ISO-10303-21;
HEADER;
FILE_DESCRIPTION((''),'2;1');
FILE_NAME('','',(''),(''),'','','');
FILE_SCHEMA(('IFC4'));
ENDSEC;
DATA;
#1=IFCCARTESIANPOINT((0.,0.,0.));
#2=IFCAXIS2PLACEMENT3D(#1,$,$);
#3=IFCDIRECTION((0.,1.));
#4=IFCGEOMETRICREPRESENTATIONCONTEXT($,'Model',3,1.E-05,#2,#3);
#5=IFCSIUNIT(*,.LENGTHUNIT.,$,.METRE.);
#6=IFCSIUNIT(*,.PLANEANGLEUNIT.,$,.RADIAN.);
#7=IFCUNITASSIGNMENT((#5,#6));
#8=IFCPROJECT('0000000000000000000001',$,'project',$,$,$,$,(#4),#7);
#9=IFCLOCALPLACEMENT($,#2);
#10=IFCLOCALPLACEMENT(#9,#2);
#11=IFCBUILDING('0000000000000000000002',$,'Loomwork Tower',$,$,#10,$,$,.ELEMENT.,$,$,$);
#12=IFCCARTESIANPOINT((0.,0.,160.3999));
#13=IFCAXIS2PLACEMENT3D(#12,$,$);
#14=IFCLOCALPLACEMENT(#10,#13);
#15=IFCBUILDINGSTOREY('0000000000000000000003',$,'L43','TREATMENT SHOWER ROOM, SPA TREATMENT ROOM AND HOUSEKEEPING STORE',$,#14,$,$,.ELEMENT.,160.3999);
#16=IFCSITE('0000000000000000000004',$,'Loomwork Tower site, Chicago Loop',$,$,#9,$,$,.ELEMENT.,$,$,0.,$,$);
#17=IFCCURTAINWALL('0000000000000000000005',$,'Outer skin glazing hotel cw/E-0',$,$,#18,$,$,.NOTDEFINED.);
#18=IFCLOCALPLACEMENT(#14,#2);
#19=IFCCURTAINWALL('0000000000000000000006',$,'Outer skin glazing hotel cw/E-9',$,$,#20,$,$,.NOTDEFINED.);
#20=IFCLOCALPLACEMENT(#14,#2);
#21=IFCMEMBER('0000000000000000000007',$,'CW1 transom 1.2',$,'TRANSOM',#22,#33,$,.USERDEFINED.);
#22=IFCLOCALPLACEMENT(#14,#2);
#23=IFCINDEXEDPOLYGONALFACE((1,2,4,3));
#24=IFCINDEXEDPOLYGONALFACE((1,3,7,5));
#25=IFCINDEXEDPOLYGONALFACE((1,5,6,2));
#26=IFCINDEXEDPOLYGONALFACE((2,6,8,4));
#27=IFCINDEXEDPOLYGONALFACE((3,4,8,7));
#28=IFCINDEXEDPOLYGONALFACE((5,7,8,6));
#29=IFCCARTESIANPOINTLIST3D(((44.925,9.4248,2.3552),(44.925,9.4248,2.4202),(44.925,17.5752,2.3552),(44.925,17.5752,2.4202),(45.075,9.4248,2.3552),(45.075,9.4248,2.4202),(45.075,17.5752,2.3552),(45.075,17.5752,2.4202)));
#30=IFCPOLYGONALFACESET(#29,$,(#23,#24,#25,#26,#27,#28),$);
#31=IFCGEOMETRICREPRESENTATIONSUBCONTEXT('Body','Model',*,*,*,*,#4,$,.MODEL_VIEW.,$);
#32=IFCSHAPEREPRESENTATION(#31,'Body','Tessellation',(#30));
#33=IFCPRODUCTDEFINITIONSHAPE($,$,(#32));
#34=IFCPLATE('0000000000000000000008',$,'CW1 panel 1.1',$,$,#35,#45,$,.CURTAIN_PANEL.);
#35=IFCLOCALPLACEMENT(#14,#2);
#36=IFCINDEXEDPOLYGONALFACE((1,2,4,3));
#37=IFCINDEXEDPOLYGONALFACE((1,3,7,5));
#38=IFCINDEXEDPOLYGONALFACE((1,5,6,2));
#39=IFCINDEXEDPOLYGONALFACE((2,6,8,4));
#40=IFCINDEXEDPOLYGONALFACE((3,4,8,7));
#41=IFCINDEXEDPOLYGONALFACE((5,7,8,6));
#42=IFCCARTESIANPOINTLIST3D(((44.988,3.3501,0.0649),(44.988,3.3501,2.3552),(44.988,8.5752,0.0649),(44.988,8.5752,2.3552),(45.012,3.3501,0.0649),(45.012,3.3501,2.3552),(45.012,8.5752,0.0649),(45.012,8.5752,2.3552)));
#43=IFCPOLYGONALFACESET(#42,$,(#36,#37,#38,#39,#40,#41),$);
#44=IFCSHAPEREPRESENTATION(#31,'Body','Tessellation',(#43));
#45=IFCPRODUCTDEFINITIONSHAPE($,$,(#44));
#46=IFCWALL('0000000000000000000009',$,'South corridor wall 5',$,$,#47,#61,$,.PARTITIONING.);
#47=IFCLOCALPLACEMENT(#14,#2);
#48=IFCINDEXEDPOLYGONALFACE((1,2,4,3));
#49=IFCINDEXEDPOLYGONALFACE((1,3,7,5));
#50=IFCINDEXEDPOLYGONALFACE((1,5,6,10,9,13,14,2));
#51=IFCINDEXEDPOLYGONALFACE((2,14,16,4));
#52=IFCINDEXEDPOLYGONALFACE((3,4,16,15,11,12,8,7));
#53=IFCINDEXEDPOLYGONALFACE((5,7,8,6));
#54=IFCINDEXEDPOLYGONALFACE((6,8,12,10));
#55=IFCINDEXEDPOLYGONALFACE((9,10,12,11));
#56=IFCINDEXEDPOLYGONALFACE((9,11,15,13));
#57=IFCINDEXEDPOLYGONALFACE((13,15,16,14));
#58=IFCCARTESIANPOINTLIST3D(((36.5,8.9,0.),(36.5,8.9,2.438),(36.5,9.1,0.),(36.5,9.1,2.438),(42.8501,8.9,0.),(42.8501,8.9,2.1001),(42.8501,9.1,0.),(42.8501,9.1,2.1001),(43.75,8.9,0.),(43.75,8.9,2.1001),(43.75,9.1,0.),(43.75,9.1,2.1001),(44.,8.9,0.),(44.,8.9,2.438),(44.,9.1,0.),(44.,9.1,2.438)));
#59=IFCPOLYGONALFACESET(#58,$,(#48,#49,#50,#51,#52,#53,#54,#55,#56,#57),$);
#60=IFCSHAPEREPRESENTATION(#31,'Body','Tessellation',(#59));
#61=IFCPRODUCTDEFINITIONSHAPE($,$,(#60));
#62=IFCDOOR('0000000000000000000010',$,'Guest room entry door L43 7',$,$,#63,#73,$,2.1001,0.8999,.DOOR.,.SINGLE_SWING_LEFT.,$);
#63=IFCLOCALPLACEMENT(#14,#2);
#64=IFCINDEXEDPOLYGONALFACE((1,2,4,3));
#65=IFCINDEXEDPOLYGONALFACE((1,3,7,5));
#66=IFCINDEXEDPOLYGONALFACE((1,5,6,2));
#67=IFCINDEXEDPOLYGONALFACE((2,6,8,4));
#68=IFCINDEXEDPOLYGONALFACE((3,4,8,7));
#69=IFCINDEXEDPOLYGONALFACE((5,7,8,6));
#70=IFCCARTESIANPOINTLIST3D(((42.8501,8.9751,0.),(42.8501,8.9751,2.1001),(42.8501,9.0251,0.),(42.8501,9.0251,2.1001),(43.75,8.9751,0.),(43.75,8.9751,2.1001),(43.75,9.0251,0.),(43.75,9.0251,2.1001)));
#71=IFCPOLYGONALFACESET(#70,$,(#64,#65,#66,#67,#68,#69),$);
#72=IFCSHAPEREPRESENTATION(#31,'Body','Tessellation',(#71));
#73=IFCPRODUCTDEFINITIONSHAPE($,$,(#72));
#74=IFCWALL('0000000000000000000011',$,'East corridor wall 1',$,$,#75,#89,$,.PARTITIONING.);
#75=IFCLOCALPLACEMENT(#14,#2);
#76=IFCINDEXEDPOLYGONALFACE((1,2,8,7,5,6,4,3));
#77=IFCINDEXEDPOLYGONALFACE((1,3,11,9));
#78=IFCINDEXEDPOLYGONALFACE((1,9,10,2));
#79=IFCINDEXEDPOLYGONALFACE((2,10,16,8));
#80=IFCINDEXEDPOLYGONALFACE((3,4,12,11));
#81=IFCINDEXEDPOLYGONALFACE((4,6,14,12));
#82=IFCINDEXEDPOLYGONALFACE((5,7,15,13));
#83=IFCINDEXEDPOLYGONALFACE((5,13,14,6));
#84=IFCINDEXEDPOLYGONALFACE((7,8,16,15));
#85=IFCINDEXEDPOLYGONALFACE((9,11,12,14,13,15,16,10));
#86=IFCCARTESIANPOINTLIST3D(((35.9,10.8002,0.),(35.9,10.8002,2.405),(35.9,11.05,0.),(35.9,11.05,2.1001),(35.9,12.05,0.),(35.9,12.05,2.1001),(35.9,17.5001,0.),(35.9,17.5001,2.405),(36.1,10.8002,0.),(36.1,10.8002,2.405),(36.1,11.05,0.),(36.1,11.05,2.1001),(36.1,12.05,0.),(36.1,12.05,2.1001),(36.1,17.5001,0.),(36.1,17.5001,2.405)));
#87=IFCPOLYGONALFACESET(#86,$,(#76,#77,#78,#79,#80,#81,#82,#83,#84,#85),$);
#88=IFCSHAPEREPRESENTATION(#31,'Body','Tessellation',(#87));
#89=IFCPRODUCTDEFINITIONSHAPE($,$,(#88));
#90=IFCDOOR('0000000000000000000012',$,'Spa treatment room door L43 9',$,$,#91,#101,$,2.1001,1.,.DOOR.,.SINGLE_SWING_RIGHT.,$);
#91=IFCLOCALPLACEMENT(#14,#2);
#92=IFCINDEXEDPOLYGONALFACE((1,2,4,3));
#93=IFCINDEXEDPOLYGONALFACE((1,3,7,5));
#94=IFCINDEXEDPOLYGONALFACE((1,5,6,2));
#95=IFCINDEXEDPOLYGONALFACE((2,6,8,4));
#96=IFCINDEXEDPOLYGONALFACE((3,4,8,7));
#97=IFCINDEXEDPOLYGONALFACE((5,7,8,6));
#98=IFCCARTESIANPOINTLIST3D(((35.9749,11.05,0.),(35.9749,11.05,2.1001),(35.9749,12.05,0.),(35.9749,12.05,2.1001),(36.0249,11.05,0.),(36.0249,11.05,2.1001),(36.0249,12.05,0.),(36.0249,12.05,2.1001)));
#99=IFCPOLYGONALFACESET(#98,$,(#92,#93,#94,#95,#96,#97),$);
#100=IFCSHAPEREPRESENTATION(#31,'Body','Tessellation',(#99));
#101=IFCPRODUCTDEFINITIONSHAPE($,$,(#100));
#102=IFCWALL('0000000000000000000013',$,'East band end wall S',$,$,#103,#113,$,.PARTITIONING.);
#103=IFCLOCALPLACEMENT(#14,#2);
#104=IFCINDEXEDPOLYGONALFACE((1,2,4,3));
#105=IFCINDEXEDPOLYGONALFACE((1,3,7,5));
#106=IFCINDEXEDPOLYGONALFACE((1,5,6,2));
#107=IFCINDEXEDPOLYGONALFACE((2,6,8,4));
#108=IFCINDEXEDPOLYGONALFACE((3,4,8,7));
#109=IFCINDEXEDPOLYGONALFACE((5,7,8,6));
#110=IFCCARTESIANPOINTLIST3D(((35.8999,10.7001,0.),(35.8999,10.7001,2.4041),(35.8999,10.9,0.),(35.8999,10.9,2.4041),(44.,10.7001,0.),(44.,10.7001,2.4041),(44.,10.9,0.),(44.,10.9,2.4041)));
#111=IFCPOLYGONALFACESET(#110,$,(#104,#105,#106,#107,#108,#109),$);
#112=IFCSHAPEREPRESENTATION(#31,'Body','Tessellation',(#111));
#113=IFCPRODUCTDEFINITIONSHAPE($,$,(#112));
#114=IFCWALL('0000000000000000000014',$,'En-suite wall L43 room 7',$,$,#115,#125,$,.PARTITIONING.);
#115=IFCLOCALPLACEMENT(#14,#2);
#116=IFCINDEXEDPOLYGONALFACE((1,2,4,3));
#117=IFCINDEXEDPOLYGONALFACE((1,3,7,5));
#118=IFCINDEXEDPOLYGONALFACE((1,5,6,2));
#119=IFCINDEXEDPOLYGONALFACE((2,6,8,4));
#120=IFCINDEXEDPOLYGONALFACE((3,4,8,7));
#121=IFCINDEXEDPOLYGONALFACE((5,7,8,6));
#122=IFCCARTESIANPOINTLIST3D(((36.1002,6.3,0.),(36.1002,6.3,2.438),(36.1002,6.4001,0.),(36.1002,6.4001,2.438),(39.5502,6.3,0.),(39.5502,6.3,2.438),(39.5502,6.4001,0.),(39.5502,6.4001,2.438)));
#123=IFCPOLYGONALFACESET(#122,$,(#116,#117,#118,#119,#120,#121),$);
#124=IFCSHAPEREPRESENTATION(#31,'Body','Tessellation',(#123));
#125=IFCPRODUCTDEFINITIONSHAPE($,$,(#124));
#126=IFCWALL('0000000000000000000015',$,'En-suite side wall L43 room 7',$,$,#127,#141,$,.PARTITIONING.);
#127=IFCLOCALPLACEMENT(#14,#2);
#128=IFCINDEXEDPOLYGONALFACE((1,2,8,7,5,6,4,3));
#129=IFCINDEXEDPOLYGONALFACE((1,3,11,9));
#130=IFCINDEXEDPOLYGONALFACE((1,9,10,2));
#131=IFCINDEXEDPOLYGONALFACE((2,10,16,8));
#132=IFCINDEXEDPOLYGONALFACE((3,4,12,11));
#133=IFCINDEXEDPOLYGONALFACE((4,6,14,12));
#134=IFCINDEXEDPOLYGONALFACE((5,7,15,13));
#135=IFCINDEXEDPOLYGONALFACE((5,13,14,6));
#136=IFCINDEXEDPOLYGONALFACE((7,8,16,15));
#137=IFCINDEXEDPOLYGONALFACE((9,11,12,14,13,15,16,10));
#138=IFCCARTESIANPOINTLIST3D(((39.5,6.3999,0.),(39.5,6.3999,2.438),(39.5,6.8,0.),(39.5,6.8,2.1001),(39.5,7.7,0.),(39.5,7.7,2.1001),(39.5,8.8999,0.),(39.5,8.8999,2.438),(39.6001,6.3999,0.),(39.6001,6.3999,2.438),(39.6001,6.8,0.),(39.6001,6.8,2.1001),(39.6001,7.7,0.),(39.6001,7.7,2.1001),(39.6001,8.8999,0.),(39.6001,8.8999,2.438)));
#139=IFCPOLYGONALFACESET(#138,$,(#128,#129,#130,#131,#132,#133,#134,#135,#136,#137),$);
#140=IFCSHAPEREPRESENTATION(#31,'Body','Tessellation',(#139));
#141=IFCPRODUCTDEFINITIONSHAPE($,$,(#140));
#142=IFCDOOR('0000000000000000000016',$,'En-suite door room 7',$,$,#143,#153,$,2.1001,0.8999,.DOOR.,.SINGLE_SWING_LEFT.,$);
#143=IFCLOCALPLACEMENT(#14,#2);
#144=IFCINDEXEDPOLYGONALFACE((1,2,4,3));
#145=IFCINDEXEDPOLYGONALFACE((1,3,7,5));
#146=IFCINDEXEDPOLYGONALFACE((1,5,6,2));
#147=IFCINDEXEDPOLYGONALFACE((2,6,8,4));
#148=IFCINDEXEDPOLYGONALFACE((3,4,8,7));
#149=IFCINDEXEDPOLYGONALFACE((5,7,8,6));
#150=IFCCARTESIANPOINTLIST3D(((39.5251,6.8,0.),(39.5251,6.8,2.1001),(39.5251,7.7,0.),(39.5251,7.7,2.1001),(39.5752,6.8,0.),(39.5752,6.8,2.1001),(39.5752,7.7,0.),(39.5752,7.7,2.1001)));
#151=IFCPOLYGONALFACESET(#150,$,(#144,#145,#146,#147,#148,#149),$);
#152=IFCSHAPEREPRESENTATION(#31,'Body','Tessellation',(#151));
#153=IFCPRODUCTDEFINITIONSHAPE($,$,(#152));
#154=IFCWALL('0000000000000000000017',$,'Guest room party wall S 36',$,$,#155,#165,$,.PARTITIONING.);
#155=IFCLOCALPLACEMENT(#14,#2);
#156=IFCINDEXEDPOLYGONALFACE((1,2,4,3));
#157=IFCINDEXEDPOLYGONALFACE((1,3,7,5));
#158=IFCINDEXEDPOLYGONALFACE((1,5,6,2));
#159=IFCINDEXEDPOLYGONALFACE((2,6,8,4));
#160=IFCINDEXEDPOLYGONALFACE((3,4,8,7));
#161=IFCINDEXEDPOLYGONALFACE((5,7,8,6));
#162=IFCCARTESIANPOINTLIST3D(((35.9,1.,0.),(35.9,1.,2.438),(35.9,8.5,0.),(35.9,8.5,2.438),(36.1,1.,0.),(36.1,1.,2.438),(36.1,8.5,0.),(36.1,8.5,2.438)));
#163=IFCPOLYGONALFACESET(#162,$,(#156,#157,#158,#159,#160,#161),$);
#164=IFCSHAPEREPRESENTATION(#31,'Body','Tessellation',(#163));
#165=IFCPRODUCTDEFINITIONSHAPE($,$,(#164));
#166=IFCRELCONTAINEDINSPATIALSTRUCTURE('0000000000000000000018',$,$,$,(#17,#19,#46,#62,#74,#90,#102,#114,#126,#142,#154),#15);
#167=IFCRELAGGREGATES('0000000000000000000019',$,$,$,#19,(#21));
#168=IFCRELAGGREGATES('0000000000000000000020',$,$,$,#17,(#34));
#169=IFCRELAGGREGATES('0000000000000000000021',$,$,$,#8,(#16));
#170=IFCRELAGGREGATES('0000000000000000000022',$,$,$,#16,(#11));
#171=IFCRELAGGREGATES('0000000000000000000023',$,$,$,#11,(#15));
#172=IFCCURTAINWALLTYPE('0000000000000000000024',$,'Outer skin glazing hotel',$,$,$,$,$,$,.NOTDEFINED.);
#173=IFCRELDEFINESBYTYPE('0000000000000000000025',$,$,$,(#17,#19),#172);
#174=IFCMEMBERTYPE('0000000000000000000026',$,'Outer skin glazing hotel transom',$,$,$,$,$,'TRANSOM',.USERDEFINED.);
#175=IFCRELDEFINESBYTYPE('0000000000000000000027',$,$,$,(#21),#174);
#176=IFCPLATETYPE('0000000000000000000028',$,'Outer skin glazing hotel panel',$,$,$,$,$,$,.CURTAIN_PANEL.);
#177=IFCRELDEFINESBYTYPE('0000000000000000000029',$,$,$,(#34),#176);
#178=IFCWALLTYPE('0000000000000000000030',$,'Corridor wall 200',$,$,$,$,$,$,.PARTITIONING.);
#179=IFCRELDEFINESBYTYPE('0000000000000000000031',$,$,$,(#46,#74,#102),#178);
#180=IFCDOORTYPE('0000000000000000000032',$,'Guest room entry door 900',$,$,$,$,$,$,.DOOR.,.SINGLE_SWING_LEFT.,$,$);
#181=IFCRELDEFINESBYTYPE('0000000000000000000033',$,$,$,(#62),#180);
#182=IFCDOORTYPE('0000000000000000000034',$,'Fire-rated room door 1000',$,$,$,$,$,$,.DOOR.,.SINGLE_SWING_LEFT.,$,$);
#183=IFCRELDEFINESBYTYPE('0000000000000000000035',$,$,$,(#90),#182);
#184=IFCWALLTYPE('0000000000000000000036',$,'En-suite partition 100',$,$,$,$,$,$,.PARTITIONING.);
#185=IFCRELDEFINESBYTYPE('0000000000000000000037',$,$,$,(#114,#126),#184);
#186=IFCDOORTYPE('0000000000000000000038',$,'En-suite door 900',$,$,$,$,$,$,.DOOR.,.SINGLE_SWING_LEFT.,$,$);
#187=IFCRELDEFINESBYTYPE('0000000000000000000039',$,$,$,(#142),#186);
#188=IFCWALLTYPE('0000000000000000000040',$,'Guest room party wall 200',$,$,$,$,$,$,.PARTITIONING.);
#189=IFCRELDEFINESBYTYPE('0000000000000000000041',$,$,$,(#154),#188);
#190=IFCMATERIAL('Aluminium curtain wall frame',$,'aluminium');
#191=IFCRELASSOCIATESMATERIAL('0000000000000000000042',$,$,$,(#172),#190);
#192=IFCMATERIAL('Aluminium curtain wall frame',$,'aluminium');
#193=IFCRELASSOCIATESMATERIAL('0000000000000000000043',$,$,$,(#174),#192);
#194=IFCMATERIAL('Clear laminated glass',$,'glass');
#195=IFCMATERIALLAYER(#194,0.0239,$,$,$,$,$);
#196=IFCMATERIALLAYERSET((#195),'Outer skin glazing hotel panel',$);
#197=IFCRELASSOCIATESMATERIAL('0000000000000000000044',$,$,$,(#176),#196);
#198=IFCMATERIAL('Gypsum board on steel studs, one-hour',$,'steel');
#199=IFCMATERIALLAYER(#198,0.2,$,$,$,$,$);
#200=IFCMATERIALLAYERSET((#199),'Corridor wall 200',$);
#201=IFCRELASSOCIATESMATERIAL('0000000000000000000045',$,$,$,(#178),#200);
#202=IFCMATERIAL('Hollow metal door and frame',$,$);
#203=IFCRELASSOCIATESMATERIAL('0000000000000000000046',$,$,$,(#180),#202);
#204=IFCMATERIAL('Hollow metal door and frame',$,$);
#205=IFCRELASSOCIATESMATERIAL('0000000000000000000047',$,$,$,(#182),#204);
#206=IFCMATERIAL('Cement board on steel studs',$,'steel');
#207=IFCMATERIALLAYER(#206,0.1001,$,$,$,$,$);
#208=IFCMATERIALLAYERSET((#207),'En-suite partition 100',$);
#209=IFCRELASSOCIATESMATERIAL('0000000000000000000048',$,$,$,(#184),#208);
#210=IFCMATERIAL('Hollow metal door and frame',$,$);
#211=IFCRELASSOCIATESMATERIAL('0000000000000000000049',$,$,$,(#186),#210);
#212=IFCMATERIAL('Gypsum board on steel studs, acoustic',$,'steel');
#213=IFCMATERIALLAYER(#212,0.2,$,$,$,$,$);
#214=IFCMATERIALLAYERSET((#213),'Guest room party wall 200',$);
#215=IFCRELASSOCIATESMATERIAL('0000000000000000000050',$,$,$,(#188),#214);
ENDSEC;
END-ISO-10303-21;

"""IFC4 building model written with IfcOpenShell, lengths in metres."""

from ifc_helpers import new_model, si_unit, direction, frame, frame_2d, origin, origin_2d, place, context, subcontext, project, spatial, rectangle, extrude, material, layer, layer_set, material_profile, profile_set, type_object, element, fill, aggregate, save


model = new_model("IFC4")

# Units and contexts
model_context = context("Model", 3, precision=1e-05, world=origin(), true_north=direction((0.0, 1.0)))
body_context = subcontext(model_context, "Body", "Model", "MODEL_VIEW")
ifc_project = project(units=[si_unit("LENGTHUNIT", "METRE"), si_unit("PLANEANGLEUNIT", "RADIAN")], contexts=[model_context])

# Site, building, storey
site_placement = place(None, origin())
site = spatial("IfcSite", under=ifc_project, at=site_placement, Name="Loomwork Tower site, Chicago Loop", CompositionType="ELEMENT", RefElevation=0.0)
building_placement = place(site_placement, origin())
building = spatial("IfcBuilding", under=site, at=building_placement, Name="Loomwork Tower", CompositionType="ELEMENT")
storey_placement = place(building_placement, frame((0.0, 0.0, 160.3999)))
storey = spatial("IfcBuildingStorey", under=building, at=storey_placement, Name="L43", Description="TREATMENT SHOWER ROOM, SPA TREATMENT ROOM AND HOUSEKEEPING STORE", CompositionType="ELEMENT", Elevation=160.3999)

# Curtain wall
ifc_material_1 = material(Name="Aluminium curtain wall frame", Category="aluminium")
curtain_wall_type = type_object("IfcCurtainWallType", Name="Outer skin glazing hotel", PredefinedType="NOTDEFINED", material=ifc_material_1)
curtain_wall_1_placement = place(storey_placement, origin())
curtain_wall_1 = element("IfcCurtainWall", 1, at=curtain_wall_1_placement, inside=storey, type_object=curtain_wall_type, Name="Outer skin glazing hotel cw/E-0", PredefinedType="NOTDEFINED")

# Curtain wall, member
curtain_wall_2_placement = place(storey_placement, origin())
curtain_wall_2 = element("IfcCurtainWall", 2, at=curtain_wall_2_placement, inside=storey, type_object=curtain_wall_type, Name="Outer skin glazing hotel cw/E-9", PredefinedType="NOTDEFINED")
ifc_material_2 = material(Name="Aluminium curtain wall frame", Category="aluminium")
ifc_material_profile_1 = material_profile(ifc_material_2, rectangle(XDim=0.1499, YDim=0.0649, at=origin_2d()), Name="AL 65x150")
ifc_profile_set_1 = profile_set([ifc_material_profile_1], Name="Aluminium curtain wall frame")
member_type_1 = type_object("IfcMemberType", Name="Outer skin glazing hotel transom", ElementType="TRANSOM", PredefinedType="USERDEFINED", material=ifc_profile_set_1)
member_1_placement = place(storey_placement, frame((45.0, 9.4248, 2.3877), z_axis=(0.0, 1.0, 0.0), x_axis=(-1.0, 0.0, 0.0)))
member_1 = element("IfcMember", 3, at=member_1_placement, type_object=member_type_1, Name="CW1 transom 1.2", ObjectType="TRANSOM", PredefinedType="USERDEFINED", context=body_context, shape_type="SweptSolid", body=[
    extrude(rectangle(XDim=0.1499, YDim=0.0649, at=origin_2d()), origin(), (0.0, 0.0, 1.0), 8.1504),
])
aggregate(curtain_wall_2, [member_1])

# Plate
ifc_material_3 = material(Name="Clear laminated glass", Category="glass")
ifc_layer_1 = layer(ifc_material_3, 0.0239)
ifc_layer_set_1 = layer_set([ifc_layer_1], Name="Outer skin glazing hotel panel")
plate_type = type_object("IfcPlateType", Name="Outer skin glazing hotel panel", PredefinedType="CURTAIN_PANEL", material=ifc_layer_set_1)
plate_placement = place(storey_placement, frame((45.0, 5.9626, 0.0649), z_axis=(0.0, 0.0, 1.0), x_axis=(0.0, 1.0, 0.0)))
plate = element("IfcPlate", 4, at=plate_placement, type_object=plate_type, Name="CW1 panel 1.1", PredefinedType="CURTAIN_PANEL", context=body_context, shape_type="SweptSolid", body=[
    extrude(rectangle(XDim=5.2251, YDim=0.0239, at=origin_2d()), origin(), (0.0, 0.0, 1.0), 2.2903),
])
aggregate(curtain_wall_1, [plate])

# Walls, openings, doors
ifc_material_4 = material(Name="Gypsum board on steel studs, one-hour", Category="steel")
ifc_layer_2 = layer(ifc_material_4, 0.2)
ifc_layer_set_2 = layer_set([ifc_layer_2], Name="Corridor wall 200")
wall_type_1 = type_object("IfcWallType", Name="Corridor wall 200", PredefinedType="PARTITIONING", material=ifc_layer_set_2)
wall_1_placement = place(storey_placement, frame((36.5, 9.0, 0.0), z_axis=(0.0, 0.0, 1.0), x_axis=(1.0, 0.0, 0.0)))
wall_1 = element("IfcWall", 5, at=wall_1_placement, inside=storey, type_object=wall_type_1, Name="South corridor wall 5", PredefinedType="PARTITIONING", context=body_context, shape_type="SweptSolid", body=[
    extrude(rectangle(XDim=7.5, YDim=0.2, at=frame_2d((3.75, 0.0))), origin(), (0.0, 0.0, 1.0), 2.438),
])
opening_1_placement = place(wall_1_placement, frame((6.3501, 0.0, 0.0)))
opening_1 = element("IfcOpeningElement", 6, at=opening_1_placement, cuts=wall_1, PredefinedType="OPENING", context=body_context, shape_type="SweptSolid", body=[
    extrude(rectangle(XDim=0.8999, YDim=2.1001, at=frame_2d((0.45, 1.05))), frame((0.0, 0.1099, 0.0), z_axis=(0.0, -1.0, 0.0), x_axis=(1.0, 0.0, 0.0)), (0.0, 0.0, 1.0), 0.22),
])
ifc_material_5 = material(Name="Hollow metal door and frame")
door_type_1 = type_object("IfcDoorType", Name="Guest room entry door 900", OperationType="SINGLE_SWING_LEFT", PredefinedType="DOOR", material=ifc_material_5)
door_1_placement = place(opening_1_placement, frame((0.8999, 0.0, 0.0), z_axis=(0.0, 0.0, 1.0), x_axis=(-1.0, 0.0, 0.0)))
door_1 = element("IfcDoor", 7, at=door_1_placement, inside=storey, type_object=door_type_1, Name="Guest room entry door L43 7", OperationType="SINGLE_SWING_LEFT", OverallHeight=2.1001, OverallWidth=0.8999, PredefinedType="DOOR", context=body_context, shape_type="SweptSolid", body=[
    extrude(rectangle(XDim=0.8999, YDim=2.1001, at=frame_2d((0.45, 1.05))), frame((0.0, 0.0249, 0.0), z_axis=(0.0, -1.0, 0.0), x_axis=(1.0, 0.0, 0.0)), (0.0, 0.0, 1.0), 0.05),
])
fill(opening_1, door_1)
wall_2_placement = place(storey_placement, frame((36.0, 10.8, 0.0), z_axis=(0.0, 0.0, 1.0), x_axis=(0.0, 1.0, 0.0)))
wall_2 = element("IfcWall", 8, at=wall_2_placement, inside=storey, type_object=wall_type_1, Name="East corridor wall 1", PredefinedType="PARTITIONING", context=body_context, shape_type="SweptSolid", body=[
    extrude(rectangle(XDim=6.7, YDim=0.2, at=frame_2d((3.3501, 0.0))), origin(), (0.0, 0.0, 1.0), 2.405),
])
opening_2_placement = place(wall_2_placement, frame((0.25, 0.0, 0.0)))
opening_2 = element("IfcOpeningElement", 9, at=opening_2_placement, cuts=wall_2, PredefinedType="OPENING", context=body_context, shape_type="SweptSolid", body=[
    extrude(rectangle(XDim=1.0, YDim=2.1001, at=frame_2d((0.5, 1.05))), frame((0.0, 0.1099, 0.0), z_axis=(0.0, -1.0, 0.0), x_axis=(1.0, 0.0, 0.0)), (0.0, 0.0, 1.0), 0.22),
])
ifc_material_6 = material(Name="Hollow metal door and frame")
door_type_2 = type_object("IfcDoorType", Name="Fire-rated room door 1000", OperationType="SINGLE_SWING_LEFT", PredefinedType="DOOR", material=ifc_material_6)
door_2_placement = place(opening_2_placement, frame((1.0, 0.0, 0.0), z_axis=(0.0, 0.0, 1.0), x_axis=(-1.0, 0.0, 0.0)))
door_2 = element("IfcDoor", 10, at=door_2_placement, inside=storey, type_object=door_type_2, Name="Spa treatment room door L43 9", OperationType="SINGLE_SWING_RIGHT", OverallHeight=2.1001, OverallWidth=1.0, PredefinedType="DOOR", context=body_context, shape_type="SweptSolid", body=[
    extrude(rectangle(XDim=1.0, YDim=2.1001, at=frame_2d((0.5, 1.05))), frame((0.0, 0.0249, 0.0), z_axis=(0.0, -1.0, 0.0), x_axis=(1.0, 0.0, 0.0)), (0.0, 0.0, 1.0), 0.05),
])
fill(opening_2, door_2)

# Walls
wall_3_placement = place(storey_placement, frame((35.8999, 10.8, 0.0), z_axis=(0.0, 0.0, 1.0), x_axis=(1.0, 0.0, 0.0)))
element("IfcWall", 11, at=wall_3_placement, inside=storey, type_object=wall_type_1, Name="East band end wall S", PredefinedType="PARTITIONING", context=body_context, shape_type="SweptSolid", body=[
    extrude(rectangle(XDim=8.1001, YDim=0.2, at=frame_2d((4.05, 0.0))), origin(), (0.0, 0.0, 1.0), 2.4041),
])
ifc_material_7 = material(Name="Cement board on steel studs", Category="steel")
ifc_layer_3 = layer(ifc_material_7, 0.1001)
ifc_layer_set_3 = layer_set([ifc_layer_3], Name="En-suite partition 100")
wall_type_2 = type_object("IfcWallType", Name="En-suite partition 100", PredefinedType="PARTITIONING", material=ifc_layer_set_3)
wall_4_placement = place(storey_placement, frame((36.1001, 6.3501, 0.0), z_axis=(0.0, 0.0, 1.0), x_axis=(1.0, 0.0, 0.0)))
element("IfcWall", 12, at=wall_4_placement, inside=storey, type_object=wall_type_2, Name="En-suite wall L43 room 7", PredefinedType="PARTITIONING", context=body_context, shape_type="SweptSolid", body=[
    extrude(rectangle(XDim=3.45, YDim=0.1001, at=frame_2d((1.7251, 0.0))), origin(), (0.0, 0.0, 1.0), 2.438),
])

# Wall, opening, door
wall_5_placement = place(storey_placement, frame((39.55, 8.8999, 0.0), z_axis=(0.0, 0.0, 1.0), x_axis=(0.0, -1.0, 0.0)))
wall_5 = element("IfcWall", 13, at=wall_5_placement, inside=storey, type_object=wall_type_2, Name="En-suite side wall L43 room 7", PredefinedType="PARTITIONING", context=body_context, shape_type="SweptSolid", body=[
    extrude(rectangle(XDim=2.5, YDim=0.1001, at=frame_2d((1.25, 0.0))), origin(), (0.0, 0.0, 1.0), 2.438),
])
opening_3_placement = place(wall_5_placement, frame((1.2, 0.0, 0.0)))
opening_3 = element("IfcOpeningElement", 14, at=opening_3_placement, cuts=wall_5, PredefinedType="OPENING", context=body_context, shape_type="SweptSolid", body=[
    extrude(rectangle(XDim=0.8999, YDim=2.1001, at=frame_2d((0.45, 1.05))), frame((0.0, 0.0601, 0.0), z_axis=(0.0, -1.0, 0.0), x_axis=(1.0, 0.0, 0.0)), (0.0, 0.0, 1.0), 0.1201),
])
ifc_material_8 = material(Name="Hollow metal door and frame")
door_type_3 = type_object("IfcDoorType", Name="En-suite door 900", OperationType="SINGLE_SWING_LEFT", PredefinedType="DOOR", material=ifc_material_8)
door_3_placement = place(opening_3_placement, frame((0.8999, 0.0, 0.0), z_axis=(0.0, 0.0, 1.0), x_axis=(-1.0, 0.0, 0.0)))
door_3 = element("IfcDoor", 15, at=door_3_placement, inside=storey, type_object=door_type_3, Name="En-suite door room 7", OperationType="SINGLE_SWING_LEFT", OverallHeight=2.1001, OverallWidth=0.8999, PredefinedType="DOOR", context=body_context, shape_type="SweptSolid", body=[
    extrude(rectangle(XDim=0.8999, YDim=2.1001, at=frame_2d((0.45, 1.05))), frame((0.0, 0.0249, 0.0), z_axis=(0.0, -1.0, 0.0), x_axis=(1.0, 0.0, 0.0)), (0.0, 0.0, 1.0), 0.05),
])
fill(opening_3, door_3)

# Wall
ifc_material_9 = material(Name="Gypsum board on steel studs, acoustic", Category="steel")
ifc_layer_4 = layer(ifc_material_9, 0.2)
ifc_layer_set_4 = layer_set([ifc_layer_4], Name="Guest room party wall 200")
wall_type_3 = type_object("IfcWallType", Name="Guest room party wall 200", PredefinedType="PARTITIONING", material=ifc_layer_set_4)
wall_6_placement = place(storey_placement, frame((36.0, 8.5, 0.0), z_axis=(0.0, 0.0, 1.0), x_axis=(0.0, -1.0, 0.0)))
element("IfcWall", 16, at=wall_6_placement, inside=storey, type_object=wall_type_3, Name="Guest room party wall S 36", PredefinedType="PARTITIONING", context=body_context, shape_type="SweptSolid", body=[
    extrude(rectangle(XDim=7.5, YDim=0.2, at=frame_2d((3.75, 0.0))), origin(), (0.0, 0.0, 1.0), 2.438),
])

save(model, "model.ifc")
